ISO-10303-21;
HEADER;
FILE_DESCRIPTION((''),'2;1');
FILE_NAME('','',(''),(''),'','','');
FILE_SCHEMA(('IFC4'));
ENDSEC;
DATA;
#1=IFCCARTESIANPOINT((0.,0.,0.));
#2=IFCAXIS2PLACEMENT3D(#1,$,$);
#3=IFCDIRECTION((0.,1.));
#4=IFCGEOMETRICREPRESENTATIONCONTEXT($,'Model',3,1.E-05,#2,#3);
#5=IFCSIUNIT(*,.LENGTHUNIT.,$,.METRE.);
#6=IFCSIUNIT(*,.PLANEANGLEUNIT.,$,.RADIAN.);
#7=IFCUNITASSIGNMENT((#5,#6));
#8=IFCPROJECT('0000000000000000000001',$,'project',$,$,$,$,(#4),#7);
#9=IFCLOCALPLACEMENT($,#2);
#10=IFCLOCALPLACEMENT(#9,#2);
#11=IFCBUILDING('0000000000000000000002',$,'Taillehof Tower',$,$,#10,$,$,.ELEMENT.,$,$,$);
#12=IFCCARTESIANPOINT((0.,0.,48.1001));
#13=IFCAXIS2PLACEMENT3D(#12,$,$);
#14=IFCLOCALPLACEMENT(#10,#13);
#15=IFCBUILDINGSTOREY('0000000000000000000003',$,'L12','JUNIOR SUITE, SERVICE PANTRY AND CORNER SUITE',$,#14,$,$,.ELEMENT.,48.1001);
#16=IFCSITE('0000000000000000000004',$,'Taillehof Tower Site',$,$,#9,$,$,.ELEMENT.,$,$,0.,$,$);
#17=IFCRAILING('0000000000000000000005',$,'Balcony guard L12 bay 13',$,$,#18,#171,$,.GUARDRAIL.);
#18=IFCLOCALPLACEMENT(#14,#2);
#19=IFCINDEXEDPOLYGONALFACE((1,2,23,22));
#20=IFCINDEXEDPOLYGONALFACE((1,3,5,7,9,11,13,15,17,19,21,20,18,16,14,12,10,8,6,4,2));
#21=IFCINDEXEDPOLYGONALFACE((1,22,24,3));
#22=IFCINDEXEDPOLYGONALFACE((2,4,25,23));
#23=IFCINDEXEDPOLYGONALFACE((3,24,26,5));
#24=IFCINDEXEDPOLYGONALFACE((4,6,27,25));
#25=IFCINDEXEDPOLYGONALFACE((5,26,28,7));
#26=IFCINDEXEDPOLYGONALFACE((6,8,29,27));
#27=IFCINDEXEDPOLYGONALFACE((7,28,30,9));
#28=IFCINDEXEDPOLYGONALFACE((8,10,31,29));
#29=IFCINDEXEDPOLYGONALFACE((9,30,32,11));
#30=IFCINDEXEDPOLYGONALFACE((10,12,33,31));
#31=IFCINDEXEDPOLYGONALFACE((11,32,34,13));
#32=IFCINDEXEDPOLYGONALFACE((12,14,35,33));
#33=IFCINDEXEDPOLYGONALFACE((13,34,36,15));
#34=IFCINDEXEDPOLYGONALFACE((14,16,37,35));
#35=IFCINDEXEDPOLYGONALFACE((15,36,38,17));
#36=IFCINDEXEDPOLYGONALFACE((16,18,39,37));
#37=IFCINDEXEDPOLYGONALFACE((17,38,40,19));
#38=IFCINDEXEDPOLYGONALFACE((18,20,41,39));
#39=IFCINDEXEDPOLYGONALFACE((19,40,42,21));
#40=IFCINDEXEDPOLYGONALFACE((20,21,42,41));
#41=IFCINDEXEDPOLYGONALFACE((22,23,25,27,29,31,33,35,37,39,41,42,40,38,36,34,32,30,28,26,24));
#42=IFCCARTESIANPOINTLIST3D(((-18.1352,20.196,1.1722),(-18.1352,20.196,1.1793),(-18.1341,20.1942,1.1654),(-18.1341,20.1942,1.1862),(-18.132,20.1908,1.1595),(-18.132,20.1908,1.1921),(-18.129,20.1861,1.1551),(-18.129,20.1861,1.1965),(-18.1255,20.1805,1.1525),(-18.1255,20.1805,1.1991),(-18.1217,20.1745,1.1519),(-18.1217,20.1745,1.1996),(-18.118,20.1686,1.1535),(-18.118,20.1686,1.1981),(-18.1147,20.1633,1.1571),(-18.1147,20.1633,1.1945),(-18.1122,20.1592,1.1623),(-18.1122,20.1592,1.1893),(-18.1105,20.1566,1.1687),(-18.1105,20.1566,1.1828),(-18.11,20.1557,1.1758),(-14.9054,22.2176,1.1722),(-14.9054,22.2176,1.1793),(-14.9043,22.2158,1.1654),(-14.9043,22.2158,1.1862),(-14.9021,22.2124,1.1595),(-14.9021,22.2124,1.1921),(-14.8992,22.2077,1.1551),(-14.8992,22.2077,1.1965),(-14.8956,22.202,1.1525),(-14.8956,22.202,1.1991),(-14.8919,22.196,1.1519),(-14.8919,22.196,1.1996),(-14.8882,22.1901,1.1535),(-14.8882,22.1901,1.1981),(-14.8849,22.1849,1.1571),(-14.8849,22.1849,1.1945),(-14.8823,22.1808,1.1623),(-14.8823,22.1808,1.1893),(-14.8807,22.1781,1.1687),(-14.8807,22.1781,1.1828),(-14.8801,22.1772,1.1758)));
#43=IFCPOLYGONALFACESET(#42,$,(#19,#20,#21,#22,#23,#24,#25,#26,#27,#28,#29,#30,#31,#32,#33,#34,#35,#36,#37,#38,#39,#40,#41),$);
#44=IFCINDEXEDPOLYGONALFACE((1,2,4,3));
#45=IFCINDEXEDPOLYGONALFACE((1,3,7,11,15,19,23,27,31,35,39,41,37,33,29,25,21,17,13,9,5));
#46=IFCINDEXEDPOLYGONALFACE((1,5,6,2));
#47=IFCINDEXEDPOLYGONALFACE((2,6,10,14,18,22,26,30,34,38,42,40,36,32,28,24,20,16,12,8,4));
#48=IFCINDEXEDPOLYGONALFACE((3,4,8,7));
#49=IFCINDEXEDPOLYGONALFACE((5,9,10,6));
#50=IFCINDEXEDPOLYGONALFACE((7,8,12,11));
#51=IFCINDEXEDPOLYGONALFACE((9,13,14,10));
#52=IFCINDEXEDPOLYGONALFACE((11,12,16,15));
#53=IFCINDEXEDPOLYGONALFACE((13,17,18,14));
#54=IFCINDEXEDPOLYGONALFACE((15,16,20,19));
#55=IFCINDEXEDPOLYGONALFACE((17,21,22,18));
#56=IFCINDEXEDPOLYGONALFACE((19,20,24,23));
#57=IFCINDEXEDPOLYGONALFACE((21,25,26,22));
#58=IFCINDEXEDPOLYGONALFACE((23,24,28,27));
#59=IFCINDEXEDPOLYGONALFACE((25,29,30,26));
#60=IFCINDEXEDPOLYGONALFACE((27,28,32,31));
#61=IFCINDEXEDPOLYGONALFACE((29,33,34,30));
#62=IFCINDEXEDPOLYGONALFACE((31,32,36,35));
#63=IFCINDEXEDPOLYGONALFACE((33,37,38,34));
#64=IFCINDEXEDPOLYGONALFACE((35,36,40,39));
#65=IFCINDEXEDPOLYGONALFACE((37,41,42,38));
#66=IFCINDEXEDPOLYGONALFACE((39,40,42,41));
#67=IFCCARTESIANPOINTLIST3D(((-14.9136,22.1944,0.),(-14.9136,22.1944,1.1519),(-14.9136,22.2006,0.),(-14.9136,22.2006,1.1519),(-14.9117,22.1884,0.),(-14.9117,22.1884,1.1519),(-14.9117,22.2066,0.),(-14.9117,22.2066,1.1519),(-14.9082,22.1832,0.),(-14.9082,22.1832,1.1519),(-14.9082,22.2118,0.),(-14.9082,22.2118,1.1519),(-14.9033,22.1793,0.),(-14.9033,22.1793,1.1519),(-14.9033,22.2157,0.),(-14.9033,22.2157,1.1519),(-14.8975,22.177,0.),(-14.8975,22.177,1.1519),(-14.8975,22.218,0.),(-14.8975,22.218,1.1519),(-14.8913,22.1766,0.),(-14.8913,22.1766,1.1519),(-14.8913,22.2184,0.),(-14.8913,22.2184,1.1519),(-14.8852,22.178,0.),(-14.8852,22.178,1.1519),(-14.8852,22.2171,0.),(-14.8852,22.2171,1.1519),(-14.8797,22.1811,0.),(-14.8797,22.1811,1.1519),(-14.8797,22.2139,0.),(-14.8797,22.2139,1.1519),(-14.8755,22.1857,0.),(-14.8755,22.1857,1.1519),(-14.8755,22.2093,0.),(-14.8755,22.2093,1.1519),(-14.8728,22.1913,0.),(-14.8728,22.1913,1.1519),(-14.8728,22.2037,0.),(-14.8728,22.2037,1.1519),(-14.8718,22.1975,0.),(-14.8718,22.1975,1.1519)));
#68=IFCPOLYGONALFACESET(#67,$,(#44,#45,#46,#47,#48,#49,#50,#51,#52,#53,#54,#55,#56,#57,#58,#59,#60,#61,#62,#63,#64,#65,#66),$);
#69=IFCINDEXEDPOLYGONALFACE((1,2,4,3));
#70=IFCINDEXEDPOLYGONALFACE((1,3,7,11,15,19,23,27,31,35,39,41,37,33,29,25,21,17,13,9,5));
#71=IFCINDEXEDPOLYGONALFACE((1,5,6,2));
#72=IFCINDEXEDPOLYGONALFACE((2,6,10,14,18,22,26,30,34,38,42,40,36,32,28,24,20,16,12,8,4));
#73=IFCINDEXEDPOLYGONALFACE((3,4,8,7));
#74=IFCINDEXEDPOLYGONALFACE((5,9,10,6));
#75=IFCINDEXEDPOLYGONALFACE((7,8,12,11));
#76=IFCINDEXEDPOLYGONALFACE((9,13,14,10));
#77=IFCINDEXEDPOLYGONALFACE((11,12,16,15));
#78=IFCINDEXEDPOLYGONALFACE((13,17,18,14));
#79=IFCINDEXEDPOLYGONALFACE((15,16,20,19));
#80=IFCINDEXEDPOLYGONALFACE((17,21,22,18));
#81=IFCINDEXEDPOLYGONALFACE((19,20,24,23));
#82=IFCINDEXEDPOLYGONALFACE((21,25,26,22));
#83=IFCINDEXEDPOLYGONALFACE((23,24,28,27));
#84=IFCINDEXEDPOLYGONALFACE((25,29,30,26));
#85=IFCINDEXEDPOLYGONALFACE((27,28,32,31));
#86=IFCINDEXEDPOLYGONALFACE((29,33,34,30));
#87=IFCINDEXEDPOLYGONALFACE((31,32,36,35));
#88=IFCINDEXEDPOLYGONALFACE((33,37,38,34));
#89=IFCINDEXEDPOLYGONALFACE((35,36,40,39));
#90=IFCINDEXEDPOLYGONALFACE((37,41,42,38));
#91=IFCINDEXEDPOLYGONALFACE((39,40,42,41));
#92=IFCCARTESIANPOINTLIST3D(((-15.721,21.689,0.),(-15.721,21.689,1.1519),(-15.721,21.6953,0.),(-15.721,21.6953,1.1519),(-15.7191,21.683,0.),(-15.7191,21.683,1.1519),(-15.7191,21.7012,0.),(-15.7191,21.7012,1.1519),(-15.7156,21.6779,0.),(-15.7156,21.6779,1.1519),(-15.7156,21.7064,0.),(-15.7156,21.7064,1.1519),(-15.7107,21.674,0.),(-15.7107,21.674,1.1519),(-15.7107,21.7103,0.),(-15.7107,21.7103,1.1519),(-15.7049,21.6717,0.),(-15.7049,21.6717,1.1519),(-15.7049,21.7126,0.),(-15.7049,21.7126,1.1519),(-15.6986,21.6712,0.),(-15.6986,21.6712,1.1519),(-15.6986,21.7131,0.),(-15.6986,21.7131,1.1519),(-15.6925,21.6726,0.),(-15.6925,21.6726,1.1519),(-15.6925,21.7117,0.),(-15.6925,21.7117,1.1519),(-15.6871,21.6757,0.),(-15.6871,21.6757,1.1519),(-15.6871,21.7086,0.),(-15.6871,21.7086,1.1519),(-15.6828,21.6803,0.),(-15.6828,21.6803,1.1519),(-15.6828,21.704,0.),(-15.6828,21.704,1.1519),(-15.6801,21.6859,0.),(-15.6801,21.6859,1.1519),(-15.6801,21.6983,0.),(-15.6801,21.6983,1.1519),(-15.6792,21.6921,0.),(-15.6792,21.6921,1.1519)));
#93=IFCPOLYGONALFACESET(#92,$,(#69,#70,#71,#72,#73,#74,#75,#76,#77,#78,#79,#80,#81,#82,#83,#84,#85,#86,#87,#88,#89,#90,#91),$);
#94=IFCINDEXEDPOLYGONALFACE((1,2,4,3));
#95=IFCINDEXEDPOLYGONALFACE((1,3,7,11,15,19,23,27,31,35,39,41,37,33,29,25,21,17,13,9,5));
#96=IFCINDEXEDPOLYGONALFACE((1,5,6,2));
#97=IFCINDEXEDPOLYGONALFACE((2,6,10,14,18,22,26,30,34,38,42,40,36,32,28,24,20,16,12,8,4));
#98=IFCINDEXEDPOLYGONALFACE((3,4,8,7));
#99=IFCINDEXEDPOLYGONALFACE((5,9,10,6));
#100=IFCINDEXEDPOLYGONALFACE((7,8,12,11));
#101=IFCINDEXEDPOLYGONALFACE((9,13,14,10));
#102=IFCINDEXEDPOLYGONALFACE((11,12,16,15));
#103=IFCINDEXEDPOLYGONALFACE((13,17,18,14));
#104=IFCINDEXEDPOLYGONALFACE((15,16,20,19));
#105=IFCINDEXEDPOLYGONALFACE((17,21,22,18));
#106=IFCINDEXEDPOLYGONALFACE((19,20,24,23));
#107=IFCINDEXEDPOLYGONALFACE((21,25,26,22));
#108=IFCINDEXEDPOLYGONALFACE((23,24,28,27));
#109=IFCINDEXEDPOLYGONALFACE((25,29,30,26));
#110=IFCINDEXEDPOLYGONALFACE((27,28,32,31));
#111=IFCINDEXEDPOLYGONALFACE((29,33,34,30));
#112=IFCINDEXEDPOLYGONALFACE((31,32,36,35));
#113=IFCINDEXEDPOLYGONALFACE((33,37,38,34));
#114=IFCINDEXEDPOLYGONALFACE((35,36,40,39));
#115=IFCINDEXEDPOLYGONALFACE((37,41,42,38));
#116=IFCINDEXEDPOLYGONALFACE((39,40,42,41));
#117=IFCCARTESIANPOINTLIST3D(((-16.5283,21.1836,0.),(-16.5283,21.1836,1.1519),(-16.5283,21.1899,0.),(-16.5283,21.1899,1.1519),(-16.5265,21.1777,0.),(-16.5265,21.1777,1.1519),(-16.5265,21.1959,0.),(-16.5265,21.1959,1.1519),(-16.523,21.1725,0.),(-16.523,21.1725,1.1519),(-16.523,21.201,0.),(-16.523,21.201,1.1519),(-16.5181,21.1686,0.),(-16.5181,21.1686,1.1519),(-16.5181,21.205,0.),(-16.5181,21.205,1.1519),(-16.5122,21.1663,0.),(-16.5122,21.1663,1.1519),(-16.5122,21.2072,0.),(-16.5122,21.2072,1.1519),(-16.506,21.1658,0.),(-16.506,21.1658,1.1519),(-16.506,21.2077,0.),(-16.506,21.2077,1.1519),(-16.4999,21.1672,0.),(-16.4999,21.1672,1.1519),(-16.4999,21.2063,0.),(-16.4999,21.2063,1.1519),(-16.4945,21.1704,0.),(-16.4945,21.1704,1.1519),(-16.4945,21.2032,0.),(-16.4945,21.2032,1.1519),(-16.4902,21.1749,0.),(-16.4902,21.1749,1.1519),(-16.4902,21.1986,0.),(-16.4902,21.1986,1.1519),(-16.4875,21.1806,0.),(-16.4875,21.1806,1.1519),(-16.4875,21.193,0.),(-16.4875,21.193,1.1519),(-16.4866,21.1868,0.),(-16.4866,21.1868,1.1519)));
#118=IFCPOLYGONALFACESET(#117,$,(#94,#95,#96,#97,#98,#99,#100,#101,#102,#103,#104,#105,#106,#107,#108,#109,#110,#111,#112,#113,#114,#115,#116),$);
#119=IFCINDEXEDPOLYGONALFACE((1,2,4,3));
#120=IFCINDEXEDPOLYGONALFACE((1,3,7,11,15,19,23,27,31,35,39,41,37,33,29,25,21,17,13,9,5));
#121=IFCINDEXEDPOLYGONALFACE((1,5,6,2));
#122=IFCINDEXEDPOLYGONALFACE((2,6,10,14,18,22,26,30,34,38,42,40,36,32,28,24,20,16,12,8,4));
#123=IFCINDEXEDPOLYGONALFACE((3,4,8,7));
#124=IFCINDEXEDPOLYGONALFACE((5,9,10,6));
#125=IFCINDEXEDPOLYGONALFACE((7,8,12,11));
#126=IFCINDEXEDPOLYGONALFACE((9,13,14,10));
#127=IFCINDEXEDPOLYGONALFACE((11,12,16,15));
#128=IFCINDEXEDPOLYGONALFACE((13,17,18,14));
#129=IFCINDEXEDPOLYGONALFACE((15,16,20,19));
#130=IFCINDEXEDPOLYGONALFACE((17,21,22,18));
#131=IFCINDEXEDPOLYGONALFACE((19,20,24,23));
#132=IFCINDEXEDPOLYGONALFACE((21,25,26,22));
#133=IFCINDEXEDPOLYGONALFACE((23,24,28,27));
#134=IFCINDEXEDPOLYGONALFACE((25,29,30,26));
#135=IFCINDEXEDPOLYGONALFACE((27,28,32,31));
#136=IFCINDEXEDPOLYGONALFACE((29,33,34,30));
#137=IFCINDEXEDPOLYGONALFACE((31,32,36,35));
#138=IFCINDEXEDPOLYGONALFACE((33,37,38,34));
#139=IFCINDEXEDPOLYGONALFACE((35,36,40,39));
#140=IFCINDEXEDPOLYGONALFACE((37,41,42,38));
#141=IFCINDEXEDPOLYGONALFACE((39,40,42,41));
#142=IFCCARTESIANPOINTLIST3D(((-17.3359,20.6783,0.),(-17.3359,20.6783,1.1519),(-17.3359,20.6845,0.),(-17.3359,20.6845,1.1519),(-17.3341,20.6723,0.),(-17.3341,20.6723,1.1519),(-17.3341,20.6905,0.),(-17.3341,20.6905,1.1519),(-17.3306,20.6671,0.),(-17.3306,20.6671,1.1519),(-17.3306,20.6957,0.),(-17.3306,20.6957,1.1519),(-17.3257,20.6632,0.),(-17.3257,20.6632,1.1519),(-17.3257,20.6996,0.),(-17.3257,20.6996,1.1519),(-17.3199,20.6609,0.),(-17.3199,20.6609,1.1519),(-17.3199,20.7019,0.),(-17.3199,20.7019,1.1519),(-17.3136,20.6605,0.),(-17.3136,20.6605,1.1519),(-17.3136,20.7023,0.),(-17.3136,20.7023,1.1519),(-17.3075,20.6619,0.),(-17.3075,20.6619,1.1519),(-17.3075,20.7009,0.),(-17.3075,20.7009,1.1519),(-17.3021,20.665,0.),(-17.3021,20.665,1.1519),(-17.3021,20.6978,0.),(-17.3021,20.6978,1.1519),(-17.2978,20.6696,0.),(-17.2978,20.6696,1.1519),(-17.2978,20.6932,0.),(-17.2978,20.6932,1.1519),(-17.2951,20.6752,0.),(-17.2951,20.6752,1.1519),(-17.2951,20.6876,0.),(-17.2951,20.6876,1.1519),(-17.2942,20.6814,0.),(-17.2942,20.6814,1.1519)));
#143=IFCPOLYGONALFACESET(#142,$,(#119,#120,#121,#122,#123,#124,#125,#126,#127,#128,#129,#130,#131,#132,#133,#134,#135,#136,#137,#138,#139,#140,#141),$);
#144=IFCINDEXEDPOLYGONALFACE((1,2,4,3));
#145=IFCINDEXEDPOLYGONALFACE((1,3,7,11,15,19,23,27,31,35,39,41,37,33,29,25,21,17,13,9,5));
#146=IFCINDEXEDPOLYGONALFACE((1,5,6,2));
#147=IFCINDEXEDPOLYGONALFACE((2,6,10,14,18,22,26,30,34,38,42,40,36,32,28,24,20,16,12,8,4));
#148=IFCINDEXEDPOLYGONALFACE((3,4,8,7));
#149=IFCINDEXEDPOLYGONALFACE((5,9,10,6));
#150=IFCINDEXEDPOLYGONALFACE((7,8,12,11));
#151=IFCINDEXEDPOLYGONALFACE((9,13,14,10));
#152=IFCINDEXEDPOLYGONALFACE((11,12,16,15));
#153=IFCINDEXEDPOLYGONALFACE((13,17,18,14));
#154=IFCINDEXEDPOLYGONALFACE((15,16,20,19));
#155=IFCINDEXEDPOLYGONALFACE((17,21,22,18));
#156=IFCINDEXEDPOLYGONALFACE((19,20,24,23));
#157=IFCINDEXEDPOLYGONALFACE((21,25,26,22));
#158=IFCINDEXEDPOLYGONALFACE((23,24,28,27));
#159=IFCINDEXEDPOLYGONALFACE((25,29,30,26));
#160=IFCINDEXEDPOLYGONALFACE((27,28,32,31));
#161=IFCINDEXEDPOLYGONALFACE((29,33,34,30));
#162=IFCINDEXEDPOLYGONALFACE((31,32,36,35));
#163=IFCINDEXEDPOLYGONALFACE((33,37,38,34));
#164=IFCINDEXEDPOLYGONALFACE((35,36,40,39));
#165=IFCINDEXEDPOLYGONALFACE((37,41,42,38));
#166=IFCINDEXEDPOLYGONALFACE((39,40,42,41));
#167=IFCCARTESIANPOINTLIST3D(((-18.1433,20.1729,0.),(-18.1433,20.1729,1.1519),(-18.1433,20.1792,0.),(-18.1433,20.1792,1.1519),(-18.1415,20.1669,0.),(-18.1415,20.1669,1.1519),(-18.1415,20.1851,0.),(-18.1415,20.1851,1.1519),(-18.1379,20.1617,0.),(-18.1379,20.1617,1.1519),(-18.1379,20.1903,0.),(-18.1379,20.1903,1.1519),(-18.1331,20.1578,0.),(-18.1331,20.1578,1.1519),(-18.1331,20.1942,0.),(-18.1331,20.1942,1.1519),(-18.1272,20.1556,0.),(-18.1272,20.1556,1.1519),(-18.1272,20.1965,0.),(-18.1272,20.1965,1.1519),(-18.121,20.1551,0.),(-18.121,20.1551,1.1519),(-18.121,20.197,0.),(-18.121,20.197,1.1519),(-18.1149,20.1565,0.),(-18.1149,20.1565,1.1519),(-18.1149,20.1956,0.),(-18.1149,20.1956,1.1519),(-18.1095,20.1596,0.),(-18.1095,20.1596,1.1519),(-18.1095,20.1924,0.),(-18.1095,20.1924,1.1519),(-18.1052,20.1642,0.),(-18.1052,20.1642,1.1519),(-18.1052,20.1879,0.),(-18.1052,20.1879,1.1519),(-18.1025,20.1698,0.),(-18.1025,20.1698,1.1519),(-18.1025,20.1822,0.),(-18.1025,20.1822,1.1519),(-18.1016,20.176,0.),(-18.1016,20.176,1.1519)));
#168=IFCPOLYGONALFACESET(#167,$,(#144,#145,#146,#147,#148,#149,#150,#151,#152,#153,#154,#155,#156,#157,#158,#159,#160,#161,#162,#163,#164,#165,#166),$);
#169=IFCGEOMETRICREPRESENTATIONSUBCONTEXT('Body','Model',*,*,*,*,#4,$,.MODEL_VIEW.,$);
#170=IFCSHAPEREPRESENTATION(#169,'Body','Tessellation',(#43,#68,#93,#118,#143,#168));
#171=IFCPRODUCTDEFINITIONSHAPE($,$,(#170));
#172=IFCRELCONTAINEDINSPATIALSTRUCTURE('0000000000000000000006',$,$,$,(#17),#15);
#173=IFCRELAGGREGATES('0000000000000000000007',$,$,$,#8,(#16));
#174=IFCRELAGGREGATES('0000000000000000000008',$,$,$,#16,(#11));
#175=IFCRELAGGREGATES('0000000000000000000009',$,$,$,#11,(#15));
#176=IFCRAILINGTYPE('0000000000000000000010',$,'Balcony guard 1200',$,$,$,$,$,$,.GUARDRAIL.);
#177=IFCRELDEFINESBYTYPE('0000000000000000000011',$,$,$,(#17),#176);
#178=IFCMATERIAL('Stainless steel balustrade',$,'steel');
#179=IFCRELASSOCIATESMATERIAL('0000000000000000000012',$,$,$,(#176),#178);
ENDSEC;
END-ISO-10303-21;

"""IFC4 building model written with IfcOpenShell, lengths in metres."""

from ifc_helpers import new_model, si_unit, direction, frame, origin, origin_2d, place, context, subcontext, project, spatial, circle, extrude, material, type_object, element, save


model = new_model("IFC4")

# Units and contexts
model_context = context("Model", 3, precision=1e-05, world=origin(), true_north=direction((0.0, 1.0)))
body_context = subcontext(model_context, "Body", "Model", "MODEL_VIEW")
ifc_project = project(units=[si_unit("LENGTHUNIT", "METRE"), si_unit("PLANEANGLEUNIT", "RADIAN")], contexts=[model_context])

# Site, building, storey
site_placement = place(None, origin())
site = spatial("IfcSite", under=ifc_project, at=site_placement, Name="Taillehof Tower Site", CompositionType="ELEMENT", RefElevation=0.0)
building_placement = place(site_placement, origin())
building = spatial("IfcBuilding", under=site, at=building_placement, Name="Taillehof Tower", CompositionType="ELEMENT")
storey_placement = place(building_placement, frame((0.0, 0.0, 48.1001)))
storey = spatial("IfcBuildingStorey", under=building, at=storey_placement, Name="L12", Description="JUNIOR SUITE, SERVICE PANTRY AND CORNER SUITE", CompositionType="ELEMENT", Elevation=48.1001)

# Railing
ifc_material_1 = material(Name="Stainless steel balustrade", Category="steel")
railing_type = type_object("IfcRailingType", Name="Balcony guard 1200", PredefinedType="GUARDRAIL", material=ifc_material_1)
railing_1_placement = place(storey_placement, frame((-14.8928, 22.1975, 0.0)))
element("IfcRailing", 1, at=railing_1_placement, inside=storey, type_object=railing_type, Name="Balcony guard L12 bay 13", PredefinedType="GUARDRAIL", context=body_context, shape_type="SweptSolid", body=[
    extrude(circle(Radius=0.0239, at=origin_2d()), frame((0.0, 0.0, 1.1758), z_axis=(-0.847656, -0.530546, 0.0), x_axis=(0.530546, -0.847656, 0.0)), (0.0, 0.0, 1.0), 3.8103),
    extrude(circle(Radius=0.021, at=origin_2d()), origin(), (0.0, 0.0, 1.0), 1.1519),
    extrude(circle(Radius=0.021, at=origin_2d()), frame((-0.8074, -0.5054, 0.0)), (0.0, 0.0, 1.0), 1.1519),
    extrude(circle(Radius=0.021, at=origin_2d()), frame((-1.6147, -1.0107, 0.0)), (0.0, 0.0, 1.0), 1.1519),
    extrude(circle(Radius=0.021, at=origin_2d()), frame((-2.4224, -1.5161, 0.0)), (0.0, 0.0, 1.0), 1.1519),
    extrude(circle(Radius=0.021, at=origin_2d()), frame((-3.2297, -2.0215, 0.0)), (0.0, 0.0, 1.0), 1.1519),
])

save(model, "model.ifc")
